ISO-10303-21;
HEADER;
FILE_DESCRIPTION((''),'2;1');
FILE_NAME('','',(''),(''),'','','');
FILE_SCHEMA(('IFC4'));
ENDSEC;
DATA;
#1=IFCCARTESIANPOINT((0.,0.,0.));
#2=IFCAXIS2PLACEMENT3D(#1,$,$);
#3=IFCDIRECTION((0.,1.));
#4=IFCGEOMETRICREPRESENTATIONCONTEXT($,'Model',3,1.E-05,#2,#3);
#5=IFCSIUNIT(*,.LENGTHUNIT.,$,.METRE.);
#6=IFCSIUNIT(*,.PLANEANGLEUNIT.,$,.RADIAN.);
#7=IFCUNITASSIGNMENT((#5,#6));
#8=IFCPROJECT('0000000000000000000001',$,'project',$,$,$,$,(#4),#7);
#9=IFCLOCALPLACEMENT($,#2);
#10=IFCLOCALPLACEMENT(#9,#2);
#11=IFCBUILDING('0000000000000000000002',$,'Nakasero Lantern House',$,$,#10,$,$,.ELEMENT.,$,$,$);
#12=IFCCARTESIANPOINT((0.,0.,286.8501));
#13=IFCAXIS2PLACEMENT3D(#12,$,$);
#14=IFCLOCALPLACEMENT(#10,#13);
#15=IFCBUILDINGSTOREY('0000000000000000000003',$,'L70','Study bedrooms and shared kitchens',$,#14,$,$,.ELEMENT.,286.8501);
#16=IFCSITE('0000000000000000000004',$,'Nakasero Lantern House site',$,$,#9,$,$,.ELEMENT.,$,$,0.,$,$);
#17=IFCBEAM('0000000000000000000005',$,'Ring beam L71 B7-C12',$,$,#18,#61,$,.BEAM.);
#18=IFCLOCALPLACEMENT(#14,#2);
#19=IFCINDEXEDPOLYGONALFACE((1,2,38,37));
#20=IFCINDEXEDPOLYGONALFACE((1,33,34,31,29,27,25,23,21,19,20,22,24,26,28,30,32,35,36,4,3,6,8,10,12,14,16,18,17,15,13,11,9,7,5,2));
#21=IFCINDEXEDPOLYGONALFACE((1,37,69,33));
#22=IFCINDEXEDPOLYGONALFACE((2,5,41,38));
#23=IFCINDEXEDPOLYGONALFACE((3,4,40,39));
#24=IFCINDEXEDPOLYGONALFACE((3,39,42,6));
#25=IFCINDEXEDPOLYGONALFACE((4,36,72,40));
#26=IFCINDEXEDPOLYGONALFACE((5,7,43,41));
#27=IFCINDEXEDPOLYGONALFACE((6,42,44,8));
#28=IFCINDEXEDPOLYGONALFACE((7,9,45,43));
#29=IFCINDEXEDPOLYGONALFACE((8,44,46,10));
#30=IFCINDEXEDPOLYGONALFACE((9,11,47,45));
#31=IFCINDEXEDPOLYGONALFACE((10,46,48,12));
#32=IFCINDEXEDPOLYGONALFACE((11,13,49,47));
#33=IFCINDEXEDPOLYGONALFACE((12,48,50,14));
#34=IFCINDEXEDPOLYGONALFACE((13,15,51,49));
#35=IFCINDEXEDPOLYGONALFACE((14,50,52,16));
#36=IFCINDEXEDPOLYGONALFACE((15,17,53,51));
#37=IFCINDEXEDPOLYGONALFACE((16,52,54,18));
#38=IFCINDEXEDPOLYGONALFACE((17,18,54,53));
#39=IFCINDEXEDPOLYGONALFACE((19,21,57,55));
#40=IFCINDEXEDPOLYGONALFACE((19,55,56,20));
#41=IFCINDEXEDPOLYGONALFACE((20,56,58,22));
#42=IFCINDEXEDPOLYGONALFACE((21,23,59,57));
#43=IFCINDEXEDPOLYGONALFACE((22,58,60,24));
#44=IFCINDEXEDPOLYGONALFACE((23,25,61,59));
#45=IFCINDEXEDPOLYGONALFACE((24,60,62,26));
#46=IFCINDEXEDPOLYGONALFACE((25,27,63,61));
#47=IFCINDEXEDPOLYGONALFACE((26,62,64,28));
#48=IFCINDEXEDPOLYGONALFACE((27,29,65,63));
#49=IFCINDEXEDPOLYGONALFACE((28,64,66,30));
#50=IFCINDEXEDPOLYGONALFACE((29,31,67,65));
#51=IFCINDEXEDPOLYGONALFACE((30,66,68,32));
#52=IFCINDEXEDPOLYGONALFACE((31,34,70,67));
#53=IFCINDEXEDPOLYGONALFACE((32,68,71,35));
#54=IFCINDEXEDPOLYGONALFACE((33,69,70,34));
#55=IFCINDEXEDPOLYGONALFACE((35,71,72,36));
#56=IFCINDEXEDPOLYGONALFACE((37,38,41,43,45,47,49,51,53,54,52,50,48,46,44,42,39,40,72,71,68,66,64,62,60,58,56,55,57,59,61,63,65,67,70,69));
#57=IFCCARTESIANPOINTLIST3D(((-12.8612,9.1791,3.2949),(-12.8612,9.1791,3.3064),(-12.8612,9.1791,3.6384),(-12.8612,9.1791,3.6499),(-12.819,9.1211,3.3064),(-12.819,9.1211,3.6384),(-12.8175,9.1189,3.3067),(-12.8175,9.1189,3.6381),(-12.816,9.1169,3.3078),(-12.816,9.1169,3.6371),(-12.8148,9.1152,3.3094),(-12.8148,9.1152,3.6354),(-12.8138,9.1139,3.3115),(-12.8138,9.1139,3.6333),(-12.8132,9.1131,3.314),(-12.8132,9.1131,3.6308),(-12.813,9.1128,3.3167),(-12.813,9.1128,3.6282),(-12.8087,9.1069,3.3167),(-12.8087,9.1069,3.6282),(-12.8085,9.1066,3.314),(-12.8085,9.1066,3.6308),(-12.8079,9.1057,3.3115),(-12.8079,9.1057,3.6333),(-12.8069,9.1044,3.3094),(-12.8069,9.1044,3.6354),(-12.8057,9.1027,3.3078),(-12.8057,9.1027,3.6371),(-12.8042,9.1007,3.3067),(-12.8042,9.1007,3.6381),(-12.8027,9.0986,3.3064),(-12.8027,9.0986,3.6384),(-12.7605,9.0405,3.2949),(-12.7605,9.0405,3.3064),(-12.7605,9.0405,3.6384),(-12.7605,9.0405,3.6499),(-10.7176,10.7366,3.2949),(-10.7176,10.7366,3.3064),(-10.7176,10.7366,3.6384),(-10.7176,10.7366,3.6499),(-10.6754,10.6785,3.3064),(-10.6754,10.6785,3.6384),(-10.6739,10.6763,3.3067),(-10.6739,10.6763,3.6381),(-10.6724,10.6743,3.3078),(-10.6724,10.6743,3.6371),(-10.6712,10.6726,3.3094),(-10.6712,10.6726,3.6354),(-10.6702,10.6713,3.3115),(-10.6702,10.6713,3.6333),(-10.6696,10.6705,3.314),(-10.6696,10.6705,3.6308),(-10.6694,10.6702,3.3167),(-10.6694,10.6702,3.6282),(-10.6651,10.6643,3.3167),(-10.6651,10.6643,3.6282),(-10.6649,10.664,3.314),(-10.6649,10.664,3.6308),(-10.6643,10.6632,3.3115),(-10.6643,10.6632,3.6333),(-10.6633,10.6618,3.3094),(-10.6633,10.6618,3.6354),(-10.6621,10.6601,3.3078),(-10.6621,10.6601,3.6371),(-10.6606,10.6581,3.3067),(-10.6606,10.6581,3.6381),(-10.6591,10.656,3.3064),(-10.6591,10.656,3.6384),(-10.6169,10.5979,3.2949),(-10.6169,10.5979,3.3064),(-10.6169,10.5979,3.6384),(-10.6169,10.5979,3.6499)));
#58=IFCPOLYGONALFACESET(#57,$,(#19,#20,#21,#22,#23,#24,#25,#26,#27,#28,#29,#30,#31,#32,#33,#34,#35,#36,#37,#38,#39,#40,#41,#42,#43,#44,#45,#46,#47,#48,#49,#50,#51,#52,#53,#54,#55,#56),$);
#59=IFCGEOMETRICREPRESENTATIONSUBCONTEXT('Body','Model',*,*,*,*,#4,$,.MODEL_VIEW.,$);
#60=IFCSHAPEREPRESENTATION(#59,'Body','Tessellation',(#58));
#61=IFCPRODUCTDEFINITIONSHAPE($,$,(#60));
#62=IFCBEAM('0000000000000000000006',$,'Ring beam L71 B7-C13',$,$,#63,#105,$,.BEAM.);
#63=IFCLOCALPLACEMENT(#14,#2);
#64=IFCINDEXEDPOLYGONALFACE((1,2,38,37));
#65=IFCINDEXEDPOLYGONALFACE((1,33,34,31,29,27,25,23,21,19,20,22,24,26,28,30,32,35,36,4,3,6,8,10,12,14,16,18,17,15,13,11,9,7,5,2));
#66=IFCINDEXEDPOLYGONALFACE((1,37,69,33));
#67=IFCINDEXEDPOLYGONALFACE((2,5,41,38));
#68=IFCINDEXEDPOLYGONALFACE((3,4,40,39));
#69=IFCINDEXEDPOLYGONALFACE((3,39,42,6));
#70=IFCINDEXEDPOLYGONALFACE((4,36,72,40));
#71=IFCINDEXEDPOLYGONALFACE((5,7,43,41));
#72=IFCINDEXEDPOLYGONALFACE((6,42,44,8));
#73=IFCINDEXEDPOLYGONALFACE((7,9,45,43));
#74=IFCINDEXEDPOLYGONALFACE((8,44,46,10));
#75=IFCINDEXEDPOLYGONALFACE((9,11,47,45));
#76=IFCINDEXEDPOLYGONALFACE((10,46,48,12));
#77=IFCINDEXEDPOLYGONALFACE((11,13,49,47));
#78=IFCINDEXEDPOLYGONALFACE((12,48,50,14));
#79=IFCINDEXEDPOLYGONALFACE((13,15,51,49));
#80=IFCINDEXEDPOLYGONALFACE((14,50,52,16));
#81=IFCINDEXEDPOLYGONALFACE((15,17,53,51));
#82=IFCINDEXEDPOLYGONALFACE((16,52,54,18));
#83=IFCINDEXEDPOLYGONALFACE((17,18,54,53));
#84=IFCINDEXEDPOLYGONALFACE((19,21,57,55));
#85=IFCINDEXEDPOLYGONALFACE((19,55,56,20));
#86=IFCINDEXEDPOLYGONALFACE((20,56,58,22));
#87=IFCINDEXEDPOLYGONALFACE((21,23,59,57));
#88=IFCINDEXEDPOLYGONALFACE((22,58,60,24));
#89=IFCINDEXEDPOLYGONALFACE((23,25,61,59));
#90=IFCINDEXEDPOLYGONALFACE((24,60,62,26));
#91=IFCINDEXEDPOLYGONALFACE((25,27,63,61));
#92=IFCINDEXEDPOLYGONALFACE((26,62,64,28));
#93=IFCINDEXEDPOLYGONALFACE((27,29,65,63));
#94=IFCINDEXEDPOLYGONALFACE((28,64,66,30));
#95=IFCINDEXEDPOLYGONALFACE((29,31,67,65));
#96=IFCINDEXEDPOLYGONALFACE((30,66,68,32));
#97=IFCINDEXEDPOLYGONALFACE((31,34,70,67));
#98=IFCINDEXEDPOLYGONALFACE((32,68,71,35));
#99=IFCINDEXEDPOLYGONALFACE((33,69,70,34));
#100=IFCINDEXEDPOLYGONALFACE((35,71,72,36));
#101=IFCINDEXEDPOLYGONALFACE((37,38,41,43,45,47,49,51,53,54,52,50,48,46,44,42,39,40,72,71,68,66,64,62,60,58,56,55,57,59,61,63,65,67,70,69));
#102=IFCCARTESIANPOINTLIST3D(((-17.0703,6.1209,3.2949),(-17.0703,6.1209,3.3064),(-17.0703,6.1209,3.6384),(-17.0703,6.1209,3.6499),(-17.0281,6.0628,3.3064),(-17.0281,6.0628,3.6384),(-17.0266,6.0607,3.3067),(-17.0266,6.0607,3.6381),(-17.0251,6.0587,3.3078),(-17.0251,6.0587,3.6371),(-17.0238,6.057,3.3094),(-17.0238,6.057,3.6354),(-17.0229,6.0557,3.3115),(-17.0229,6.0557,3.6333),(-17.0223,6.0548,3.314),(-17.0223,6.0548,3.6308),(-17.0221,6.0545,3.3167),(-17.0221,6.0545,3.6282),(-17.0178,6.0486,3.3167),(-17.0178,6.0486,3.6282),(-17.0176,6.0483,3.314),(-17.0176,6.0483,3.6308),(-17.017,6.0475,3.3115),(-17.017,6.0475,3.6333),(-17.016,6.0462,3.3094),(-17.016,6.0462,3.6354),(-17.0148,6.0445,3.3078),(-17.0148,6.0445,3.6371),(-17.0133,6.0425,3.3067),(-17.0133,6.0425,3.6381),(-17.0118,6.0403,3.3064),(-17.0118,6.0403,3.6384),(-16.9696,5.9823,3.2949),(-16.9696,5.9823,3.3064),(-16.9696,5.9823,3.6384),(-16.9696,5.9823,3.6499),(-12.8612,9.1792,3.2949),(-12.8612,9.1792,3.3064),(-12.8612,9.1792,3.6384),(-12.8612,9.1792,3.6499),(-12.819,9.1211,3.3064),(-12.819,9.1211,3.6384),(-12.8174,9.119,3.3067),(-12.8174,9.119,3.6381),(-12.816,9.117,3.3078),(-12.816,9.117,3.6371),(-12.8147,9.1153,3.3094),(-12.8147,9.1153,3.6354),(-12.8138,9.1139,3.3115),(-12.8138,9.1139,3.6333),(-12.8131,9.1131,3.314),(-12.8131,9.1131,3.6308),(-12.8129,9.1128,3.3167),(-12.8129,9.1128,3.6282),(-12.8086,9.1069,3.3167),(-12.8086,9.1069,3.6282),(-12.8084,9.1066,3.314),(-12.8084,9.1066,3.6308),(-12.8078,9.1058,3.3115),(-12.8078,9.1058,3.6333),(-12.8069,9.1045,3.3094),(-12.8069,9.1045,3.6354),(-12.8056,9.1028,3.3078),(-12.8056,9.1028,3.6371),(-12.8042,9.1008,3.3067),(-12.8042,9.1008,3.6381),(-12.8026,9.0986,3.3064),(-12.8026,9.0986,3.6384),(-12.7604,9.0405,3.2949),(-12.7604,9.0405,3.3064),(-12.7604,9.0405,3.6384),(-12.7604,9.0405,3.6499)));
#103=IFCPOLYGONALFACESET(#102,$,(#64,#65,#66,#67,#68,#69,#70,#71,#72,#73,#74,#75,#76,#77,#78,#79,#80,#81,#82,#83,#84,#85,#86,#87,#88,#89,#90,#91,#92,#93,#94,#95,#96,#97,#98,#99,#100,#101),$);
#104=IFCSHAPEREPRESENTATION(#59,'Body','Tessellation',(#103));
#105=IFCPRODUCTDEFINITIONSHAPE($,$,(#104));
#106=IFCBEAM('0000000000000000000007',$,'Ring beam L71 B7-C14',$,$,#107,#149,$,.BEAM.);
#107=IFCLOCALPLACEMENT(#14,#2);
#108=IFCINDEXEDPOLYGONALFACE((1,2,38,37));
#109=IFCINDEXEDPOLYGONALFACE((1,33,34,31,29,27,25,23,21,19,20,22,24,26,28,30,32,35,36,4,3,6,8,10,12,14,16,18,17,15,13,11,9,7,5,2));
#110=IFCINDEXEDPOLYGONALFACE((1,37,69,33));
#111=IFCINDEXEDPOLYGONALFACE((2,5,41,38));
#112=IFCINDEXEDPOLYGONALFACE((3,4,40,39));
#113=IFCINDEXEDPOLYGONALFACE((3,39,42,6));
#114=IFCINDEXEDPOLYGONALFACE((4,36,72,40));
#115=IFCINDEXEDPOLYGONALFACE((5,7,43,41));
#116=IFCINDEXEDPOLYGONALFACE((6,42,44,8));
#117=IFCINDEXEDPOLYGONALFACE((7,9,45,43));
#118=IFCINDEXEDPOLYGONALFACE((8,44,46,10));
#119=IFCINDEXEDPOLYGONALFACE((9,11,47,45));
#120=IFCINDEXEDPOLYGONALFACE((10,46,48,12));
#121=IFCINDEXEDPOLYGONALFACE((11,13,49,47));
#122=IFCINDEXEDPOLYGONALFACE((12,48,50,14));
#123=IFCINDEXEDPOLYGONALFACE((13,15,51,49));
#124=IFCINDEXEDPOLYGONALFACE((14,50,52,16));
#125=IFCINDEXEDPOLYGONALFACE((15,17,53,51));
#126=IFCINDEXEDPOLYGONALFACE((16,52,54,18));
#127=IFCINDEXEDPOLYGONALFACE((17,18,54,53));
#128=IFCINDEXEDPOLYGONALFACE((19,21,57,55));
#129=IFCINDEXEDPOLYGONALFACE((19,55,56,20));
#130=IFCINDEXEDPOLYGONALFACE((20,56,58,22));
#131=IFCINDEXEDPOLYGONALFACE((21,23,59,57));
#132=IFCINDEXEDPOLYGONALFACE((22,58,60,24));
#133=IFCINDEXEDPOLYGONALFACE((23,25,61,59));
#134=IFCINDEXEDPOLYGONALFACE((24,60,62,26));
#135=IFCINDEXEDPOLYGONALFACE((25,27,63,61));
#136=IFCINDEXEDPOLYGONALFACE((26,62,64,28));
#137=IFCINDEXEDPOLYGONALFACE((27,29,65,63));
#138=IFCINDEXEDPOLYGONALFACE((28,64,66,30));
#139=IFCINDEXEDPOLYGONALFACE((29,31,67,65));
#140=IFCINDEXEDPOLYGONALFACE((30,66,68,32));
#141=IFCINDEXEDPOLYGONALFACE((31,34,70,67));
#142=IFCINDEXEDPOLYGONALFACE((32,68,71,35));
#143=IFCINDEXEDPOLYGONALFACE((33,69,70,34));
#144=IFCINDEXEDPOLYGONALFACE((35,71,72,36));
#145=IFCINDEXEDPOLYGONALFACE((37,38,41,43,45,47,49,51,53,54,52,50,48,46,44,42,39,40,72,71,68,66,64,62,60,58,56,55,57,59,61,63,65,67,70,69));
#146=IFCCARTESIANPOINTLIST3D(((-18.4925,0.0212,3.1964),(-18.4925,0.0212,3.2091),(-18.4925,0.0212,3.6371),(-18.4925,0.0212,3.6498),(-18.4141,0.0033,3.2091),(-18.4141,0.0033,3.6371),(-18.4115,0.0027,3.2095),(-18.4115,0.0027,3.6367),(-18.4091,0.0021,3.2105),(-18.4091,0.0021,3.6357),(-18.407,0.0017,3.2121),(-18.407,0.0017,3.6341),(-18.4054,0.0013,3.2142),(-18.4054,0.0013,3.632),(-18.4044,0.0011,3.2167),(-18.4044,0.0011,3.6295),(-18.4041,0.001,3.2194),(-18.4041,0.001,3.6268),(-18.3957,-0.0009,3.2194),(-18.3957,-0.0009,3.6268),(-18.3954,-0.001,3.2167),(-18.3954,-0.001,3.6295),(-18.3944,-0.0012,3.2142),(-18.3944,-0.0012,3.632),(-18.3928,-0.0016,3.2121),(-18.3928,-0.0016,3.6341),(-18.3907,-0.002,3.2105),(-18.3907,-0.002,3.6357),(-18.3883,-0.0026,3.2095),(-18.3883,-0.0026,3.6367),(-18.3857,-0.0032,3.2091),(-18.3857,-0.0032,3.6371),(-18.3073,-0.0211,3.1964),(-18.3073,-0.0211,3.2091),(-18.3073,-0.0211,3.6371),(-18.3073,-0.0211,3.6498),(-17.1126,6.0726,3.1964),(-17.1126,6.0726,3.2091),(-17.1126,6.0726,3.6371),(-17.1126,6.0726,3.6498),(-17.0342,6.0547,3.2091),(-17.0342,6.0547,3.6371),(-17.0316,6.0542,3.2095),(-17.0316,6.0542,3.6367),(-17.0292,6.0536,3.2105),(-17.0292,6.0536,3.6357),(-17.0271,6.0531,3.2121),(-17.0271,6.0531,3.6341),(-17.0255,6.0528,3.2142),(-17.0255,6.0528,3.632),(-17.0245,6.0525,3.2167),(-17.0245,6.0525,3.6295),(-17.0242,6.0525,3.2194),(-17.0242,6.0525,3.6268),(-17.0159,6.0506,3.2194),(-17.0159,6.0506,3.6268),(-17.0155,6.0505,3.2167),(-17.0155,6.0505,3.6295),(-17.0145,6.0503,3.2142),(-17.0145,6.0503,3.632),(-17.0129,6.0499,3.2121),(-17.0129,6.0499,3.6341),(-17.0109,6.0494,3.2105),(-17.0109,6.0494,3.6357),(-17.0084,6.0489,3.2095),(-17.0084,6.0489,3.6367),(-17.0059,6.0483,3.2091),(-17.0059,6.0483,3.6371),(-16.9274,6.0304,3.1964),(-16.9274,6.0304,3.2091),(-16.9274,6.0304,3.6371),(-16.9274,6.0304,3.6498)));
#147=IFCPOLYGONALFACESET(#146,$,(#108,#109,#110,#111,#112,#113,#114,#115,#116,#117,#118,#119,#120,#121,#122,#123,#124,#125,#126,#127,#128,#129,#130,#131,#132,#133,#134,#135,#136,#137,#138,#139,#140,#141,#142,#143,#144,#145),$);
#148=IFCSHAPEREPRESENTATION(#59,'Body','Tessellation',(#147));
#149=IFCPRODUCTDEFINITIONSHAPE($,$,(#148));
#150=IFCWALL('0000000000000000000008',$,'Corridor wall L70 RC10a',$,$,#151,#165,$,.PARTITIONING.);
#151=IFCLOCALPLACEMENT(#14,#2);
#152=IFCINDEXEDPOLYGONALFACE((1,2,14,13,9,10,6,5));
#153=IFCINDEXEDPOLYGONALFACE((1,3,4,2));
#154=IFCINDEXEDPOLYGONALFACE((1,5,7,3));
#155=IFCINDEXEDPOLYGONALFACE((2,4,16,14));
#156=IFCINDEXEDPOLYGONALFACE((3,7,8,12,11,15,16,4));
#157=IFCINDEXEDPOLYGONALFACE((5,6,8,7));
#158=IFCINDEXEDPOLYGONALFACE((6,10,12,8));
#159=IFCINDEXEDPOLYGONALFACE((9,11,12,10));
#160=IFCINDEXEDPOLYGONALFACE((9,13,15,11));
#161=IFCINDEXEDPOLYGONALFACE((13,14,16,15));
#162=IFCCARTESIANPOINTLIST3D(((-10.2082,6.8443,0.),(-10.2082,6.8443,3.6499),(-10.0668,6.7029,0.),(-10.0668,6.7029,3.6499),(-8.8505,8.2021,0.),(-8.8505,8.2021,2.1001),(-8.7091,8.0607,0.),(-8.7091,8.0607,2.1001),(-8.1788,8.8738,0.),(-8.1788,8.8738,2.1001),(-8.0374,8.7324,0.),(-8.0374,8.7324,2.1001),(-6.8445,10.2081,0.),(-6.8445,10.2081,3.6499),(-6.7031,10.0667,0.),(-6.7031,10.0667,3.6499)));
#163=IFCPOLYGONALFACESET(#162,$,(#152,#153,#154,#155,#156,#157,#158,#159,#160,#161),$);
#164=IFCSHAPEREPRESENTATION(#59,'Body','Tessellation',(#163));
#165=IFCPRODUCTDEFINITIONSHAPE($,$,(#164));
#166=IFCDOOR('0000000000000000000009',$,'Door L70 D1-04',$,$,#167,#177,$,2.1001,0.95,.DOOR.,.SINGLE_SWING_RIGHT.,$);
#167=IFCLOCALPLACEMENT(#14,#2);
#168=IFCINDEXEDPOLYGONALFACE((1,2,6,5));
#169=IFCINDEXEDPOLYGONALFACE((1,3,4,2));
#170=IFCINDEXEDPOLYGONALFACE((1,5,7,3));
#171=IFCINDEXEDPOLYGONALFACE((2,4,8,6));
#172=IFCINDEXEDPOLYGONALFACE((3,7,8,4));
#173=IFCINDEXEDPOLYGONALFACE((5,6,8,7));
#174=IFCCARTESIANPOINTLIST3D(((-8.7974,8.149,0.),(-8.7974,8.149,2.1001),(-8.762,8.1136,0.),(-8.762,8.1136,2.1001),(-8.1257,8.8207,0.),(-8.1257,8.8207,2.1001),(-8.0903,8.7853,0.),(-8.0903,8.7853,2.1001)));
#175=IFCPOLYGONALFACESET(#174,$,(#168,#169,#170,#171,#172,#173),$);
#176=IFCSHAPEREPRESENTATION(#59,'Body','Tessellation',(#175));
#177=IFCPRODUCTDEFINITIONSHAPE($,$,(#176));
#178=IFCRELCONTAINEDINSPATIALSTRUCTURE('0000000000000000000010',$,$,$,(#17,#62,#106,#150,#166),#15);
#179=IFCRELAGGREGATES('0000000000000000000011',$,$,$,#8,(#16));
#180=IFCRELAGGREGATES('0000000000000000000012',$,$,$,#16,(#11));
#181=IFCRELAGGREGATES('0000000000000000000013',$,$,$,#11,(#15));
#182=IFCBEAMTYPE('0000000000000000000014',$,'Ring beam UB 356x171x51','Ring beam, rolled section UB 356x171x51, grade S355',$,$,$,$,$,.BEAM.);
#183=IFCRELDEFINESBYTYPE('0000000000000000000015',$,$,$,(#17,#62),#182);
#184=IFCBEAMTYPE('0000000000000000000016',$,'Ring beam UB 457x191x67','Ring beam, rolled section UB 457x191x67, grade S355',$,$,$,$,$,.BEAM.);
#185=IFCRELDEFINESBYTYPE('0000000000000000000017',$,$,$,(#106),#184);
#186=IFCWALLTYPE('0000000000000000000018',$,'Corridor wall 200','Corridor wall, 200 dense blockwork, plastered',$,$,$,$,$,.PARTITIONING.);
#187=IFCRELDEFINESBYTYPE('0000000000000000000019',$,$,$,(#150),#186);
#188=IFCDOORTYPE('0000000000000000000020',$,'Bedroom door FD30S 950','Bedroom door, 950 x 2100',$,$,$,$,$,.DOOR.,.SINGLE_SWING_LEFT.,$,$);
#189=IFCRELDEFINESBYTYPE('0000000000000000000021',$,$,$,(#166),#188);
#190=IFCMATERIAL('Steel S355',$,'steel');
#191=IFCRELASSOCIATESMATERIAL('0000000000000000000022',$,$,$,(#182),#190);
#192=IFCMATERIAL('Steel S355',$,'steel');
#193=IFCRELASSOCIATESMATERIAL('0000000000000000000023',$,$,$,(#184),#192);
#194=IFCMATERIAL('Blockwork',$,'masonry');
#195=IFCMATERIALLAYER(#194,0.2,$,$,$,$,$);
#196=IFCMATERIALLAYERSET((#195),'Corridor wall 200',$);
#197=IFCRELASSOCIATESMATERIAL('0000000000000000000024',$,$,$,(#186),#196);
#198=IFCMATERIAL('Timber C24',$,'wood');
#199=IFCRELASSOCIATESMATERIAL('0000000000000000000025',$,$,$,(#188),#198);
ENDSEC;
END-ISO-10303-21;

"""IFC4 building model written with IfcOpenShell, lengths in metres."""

from ifc_helpers import new_model, si_unit, direction, frame, frame_2d, origin, origin_2d, place, context, subcontext, project, spatial, rectangle, i_section, extrude, material, layer, layer_set, material_profile, profile_set, type_object, element, fill, save


model = new_model("IFC4")

# Units and contexts
model_context = context("Model", 3, precision=1e-05, world=origin(), true_north=direction((0.0, 1.0)))
body_context = subcontext(model_context, "Body", "Model", "MODEL_VIEW")
ifc_project = project(units=[si_unit("LENGTHUNIT", "METRE"), si_unit("PLANEANGLEUNIT", "RADIAN")], contexts=[model_context])

# Site, building, storey
site_placement = place(None, origin())
site = spatial("IfcSite", under=ifc_project, at=site_placement, Name="Nakasero Lantern House site", CompositionType="ELEMENT", RefElevation=0.0)
building_placement = place(site_placement, origin())
building = spatial("IfcBuilding", under=site, at=building_placement, Name="Nakasero Lantern House", CompositionType="ELEMENT")
storey_placement = place(building_placement, frame((0.0, 0.0, 286.8501)))
storey = spatial("IfcBuildingStorey", under=building, at=storey_placement, Name="L70", Description="Study bedrooms and shared kitchens", CompositionType="ELEMENT", Elevation=286.8501)

# Beams
ifc_material_1 = material(Name="Steel S355", Category="steel")
ifc_material_profile_1 = material_profile(ifc_material_1, i_section(OverallWidth=0.1714, OverallDepth=0.355, WebThickness=0.0073, FlangeThickness=0.0115, FilletRadius=0.0103, at=origin_2d()), Name="UB 356x171x51")
ifc_profile_set_1 = profile_set([ifc_material_profile_1], Name="Steel S355")
beam_type_1 = type_object("IfcBeamType", Name="Ring beam UB 356x171x51", Description="Ring beam, rolled section UB 356x171x51, grade S355", PredefinedType="BEAM", material=ifc_profile_set_1)
beam_1_placement = place(storey_placement, frame((-10.6672, 10.6672, 3.4724), z_axis=(-0.809019, -0.587783, 0.0), x_axis=(0.587783, -0.809019, 0.0)))
element("IfcBeam", 1, at=beam_1_placement, inside=storey, type_object=beam_type_1, Name="Ring beam L71 B7-C12", PredefinedType="BEAM", context=body_context, shape_type="SweptSolid", body=[
    extrude(i_section(OverallWidth=0.1714, OverallDepth=0.355, WebThickness=0.0073, FlangeThickness=0.0115, FilletRadius=0.0103, at=origin_2d()), origin(), (0.0, 0.0, 1.0), 2.6497),
])
beam_2_placement = place(storey_placement, frame((-12.8108, 9.1099, 3.4724), z_axis=(-0.809002, -0.587806, 0.0), x_axis=(0.587806, -0.809002, 0.0)))
element("IfcBeam", 2, at=beam_2_placement, inside=storey, type_object=beam_type_1, Name="Ring beam L71 B7-C13", PredefinedType="BEAM", context=body_context, shape_type="SweptSolid", body=[
    extrude(i_section(OverallWidth=0.1714, OverallDepth=0.355, WebThickness=0.0073, FlangeThickness=0.0115, FilletRadius=0.0103, at=origin_2d()), origin(), (0.0, 0.0, 1.0), 5.2029),
])
ifc_material_2 = material(Name="Steel S355", Category="steel")
ifc_material_profile_2 = material_profile(ifc_material_2, i_section(OverallWidth=0.1899, OverallDepth=0.4534, WebThickness=0.0085, FlangeThickness=0.0127, FilletRadius=0.0103, at=origin_2d()), Name="UB 457x191x67")
ifc_profile_set_2 = profile_set([ifc_material_profile_2], Name="Steel S355")
beam_type_2 = type_object("IfcBeamType", Name="Ring beam UB 457x191x67", Description="Ring beam, rolled section UB 457x191x67, grade S355", PredefinedType="BEAM", material=ifc_profile_set_2)
beam_3_placement = place(storey_placement, frame((-17.02, 6.0515, 3.4231), z_axis=(-0.222316, -0.974975, 0.0), x_axis=(0.974975, -0.222316, 0.0)))
element("IfcBeam", 3, at=beam_3_placement, inside=storey, type_object=beam_type_2, Name="Ring beam L71 B7-C14", PredefinedType="BEAM", context=body_context, shape_type="SweptSolid", body=[
    extrude(i_section(OverallWidth=0.1899, OverallDepth=0.4534, WebThickness=0.0085, FlangeThickness=0.0127, FilletRadius=0.0103, at=origin_2d()), origin(), (0.0, 0.0, 1.0), 6.2068),
])

# Wall, opening, door
ifc_material_3 = material(Name="Blockwork", Category="masonry")
ifc_layer_1 = layer(ifc_material_3, 0.2)
ifc_layer_set_1 = layer_set([ifc_layer_1], Name="Corridor wall 200")
wall_type_1 = type_object("IfcWallType", Name="Corridor wall 200", Description="Corridor wall, 200 dense blockwork, plastered", PredefinedType="PARTITIONING", material=ifc_layer_set_1)
wall_1_placement = place(storey_placement, frame((-10.1375, 6.7737, 0.0), z_axis=(0.0, 0.0, 1.0), x_axis=(0.707107, 0.707107, 0.0)))
wall_1 = element("IfcWall", 4, at=wall_1_placement, inside=storey, type_object=wall_type_1, Name="Corridor wall L70 RC10a", PredefinedType="PARTITIONING", context=body_context, shape_type="SweptSolid", body=[
    extrude(rectangle(XDim=4.7571, YDim=0.2, at=frame_2d((2.3784, 0.0))), origin(), (0.0, 0.0, 1.0), 3.6499),
])
opening_1_placement = place(wall_1_placement, frame((1.9199, 0.0, 0.0)))
opening_1 = element("IfcOpeningElement", 5, at=opening_1_placement, cuts=wall_1, PredefinedType="OPENING", context=body_context, shape_type="SweptSolid", body=[
    extrude(rectangle(XDim=0.95, YDim=2.1001, at=frame_2d((0.4751, 1.05))), frame((0.0, 0.1199, 0.0), z_axis=(0.0, -1.0, 0.0), x_axis=(1.0, 0.0, 0.0)), (0.0, 0.0, 1.0), 0.24),
])
ifc_material_4 = material(Name="Timber C24", Category="wood")
door_type_1 = type_object("IfcDoorType", Name="Bedroom door FD30S 950", Description="Bedroom door, 950 x 2100", OperationType="SINGLE_SWING_LEFT", PredefinedType="DOOR", material=ifc_material_4)
door_1_placement = place(opening_1_placement, origin())
door_1 = element("IfcDoor", 6, at=door_1_placement, inside=storey, type_object=door_type_1, Name="Door L70 D1-04", OperationType="SINGLE_SWING_RIGHT", OverallHeight=2.1001, OverallWidth=0.95, PredefinedType="DOOR", context=body_context, shape_type="SweptSolid", body=[
    extrude(rectangle(XDim=0.95, YDim=2.1001, at=frame_2d((0.4751, 1.05))), frame((0.0, 0.0249, 0.0), z_axis=(0.0, -1.0, 0.0), x_axis=(1.0, 0.0, 0.0)), (0.0, 0.0, 1.0), 0.05),
])
fill(opening_1, door_1)

save(model, "model.ifc")
